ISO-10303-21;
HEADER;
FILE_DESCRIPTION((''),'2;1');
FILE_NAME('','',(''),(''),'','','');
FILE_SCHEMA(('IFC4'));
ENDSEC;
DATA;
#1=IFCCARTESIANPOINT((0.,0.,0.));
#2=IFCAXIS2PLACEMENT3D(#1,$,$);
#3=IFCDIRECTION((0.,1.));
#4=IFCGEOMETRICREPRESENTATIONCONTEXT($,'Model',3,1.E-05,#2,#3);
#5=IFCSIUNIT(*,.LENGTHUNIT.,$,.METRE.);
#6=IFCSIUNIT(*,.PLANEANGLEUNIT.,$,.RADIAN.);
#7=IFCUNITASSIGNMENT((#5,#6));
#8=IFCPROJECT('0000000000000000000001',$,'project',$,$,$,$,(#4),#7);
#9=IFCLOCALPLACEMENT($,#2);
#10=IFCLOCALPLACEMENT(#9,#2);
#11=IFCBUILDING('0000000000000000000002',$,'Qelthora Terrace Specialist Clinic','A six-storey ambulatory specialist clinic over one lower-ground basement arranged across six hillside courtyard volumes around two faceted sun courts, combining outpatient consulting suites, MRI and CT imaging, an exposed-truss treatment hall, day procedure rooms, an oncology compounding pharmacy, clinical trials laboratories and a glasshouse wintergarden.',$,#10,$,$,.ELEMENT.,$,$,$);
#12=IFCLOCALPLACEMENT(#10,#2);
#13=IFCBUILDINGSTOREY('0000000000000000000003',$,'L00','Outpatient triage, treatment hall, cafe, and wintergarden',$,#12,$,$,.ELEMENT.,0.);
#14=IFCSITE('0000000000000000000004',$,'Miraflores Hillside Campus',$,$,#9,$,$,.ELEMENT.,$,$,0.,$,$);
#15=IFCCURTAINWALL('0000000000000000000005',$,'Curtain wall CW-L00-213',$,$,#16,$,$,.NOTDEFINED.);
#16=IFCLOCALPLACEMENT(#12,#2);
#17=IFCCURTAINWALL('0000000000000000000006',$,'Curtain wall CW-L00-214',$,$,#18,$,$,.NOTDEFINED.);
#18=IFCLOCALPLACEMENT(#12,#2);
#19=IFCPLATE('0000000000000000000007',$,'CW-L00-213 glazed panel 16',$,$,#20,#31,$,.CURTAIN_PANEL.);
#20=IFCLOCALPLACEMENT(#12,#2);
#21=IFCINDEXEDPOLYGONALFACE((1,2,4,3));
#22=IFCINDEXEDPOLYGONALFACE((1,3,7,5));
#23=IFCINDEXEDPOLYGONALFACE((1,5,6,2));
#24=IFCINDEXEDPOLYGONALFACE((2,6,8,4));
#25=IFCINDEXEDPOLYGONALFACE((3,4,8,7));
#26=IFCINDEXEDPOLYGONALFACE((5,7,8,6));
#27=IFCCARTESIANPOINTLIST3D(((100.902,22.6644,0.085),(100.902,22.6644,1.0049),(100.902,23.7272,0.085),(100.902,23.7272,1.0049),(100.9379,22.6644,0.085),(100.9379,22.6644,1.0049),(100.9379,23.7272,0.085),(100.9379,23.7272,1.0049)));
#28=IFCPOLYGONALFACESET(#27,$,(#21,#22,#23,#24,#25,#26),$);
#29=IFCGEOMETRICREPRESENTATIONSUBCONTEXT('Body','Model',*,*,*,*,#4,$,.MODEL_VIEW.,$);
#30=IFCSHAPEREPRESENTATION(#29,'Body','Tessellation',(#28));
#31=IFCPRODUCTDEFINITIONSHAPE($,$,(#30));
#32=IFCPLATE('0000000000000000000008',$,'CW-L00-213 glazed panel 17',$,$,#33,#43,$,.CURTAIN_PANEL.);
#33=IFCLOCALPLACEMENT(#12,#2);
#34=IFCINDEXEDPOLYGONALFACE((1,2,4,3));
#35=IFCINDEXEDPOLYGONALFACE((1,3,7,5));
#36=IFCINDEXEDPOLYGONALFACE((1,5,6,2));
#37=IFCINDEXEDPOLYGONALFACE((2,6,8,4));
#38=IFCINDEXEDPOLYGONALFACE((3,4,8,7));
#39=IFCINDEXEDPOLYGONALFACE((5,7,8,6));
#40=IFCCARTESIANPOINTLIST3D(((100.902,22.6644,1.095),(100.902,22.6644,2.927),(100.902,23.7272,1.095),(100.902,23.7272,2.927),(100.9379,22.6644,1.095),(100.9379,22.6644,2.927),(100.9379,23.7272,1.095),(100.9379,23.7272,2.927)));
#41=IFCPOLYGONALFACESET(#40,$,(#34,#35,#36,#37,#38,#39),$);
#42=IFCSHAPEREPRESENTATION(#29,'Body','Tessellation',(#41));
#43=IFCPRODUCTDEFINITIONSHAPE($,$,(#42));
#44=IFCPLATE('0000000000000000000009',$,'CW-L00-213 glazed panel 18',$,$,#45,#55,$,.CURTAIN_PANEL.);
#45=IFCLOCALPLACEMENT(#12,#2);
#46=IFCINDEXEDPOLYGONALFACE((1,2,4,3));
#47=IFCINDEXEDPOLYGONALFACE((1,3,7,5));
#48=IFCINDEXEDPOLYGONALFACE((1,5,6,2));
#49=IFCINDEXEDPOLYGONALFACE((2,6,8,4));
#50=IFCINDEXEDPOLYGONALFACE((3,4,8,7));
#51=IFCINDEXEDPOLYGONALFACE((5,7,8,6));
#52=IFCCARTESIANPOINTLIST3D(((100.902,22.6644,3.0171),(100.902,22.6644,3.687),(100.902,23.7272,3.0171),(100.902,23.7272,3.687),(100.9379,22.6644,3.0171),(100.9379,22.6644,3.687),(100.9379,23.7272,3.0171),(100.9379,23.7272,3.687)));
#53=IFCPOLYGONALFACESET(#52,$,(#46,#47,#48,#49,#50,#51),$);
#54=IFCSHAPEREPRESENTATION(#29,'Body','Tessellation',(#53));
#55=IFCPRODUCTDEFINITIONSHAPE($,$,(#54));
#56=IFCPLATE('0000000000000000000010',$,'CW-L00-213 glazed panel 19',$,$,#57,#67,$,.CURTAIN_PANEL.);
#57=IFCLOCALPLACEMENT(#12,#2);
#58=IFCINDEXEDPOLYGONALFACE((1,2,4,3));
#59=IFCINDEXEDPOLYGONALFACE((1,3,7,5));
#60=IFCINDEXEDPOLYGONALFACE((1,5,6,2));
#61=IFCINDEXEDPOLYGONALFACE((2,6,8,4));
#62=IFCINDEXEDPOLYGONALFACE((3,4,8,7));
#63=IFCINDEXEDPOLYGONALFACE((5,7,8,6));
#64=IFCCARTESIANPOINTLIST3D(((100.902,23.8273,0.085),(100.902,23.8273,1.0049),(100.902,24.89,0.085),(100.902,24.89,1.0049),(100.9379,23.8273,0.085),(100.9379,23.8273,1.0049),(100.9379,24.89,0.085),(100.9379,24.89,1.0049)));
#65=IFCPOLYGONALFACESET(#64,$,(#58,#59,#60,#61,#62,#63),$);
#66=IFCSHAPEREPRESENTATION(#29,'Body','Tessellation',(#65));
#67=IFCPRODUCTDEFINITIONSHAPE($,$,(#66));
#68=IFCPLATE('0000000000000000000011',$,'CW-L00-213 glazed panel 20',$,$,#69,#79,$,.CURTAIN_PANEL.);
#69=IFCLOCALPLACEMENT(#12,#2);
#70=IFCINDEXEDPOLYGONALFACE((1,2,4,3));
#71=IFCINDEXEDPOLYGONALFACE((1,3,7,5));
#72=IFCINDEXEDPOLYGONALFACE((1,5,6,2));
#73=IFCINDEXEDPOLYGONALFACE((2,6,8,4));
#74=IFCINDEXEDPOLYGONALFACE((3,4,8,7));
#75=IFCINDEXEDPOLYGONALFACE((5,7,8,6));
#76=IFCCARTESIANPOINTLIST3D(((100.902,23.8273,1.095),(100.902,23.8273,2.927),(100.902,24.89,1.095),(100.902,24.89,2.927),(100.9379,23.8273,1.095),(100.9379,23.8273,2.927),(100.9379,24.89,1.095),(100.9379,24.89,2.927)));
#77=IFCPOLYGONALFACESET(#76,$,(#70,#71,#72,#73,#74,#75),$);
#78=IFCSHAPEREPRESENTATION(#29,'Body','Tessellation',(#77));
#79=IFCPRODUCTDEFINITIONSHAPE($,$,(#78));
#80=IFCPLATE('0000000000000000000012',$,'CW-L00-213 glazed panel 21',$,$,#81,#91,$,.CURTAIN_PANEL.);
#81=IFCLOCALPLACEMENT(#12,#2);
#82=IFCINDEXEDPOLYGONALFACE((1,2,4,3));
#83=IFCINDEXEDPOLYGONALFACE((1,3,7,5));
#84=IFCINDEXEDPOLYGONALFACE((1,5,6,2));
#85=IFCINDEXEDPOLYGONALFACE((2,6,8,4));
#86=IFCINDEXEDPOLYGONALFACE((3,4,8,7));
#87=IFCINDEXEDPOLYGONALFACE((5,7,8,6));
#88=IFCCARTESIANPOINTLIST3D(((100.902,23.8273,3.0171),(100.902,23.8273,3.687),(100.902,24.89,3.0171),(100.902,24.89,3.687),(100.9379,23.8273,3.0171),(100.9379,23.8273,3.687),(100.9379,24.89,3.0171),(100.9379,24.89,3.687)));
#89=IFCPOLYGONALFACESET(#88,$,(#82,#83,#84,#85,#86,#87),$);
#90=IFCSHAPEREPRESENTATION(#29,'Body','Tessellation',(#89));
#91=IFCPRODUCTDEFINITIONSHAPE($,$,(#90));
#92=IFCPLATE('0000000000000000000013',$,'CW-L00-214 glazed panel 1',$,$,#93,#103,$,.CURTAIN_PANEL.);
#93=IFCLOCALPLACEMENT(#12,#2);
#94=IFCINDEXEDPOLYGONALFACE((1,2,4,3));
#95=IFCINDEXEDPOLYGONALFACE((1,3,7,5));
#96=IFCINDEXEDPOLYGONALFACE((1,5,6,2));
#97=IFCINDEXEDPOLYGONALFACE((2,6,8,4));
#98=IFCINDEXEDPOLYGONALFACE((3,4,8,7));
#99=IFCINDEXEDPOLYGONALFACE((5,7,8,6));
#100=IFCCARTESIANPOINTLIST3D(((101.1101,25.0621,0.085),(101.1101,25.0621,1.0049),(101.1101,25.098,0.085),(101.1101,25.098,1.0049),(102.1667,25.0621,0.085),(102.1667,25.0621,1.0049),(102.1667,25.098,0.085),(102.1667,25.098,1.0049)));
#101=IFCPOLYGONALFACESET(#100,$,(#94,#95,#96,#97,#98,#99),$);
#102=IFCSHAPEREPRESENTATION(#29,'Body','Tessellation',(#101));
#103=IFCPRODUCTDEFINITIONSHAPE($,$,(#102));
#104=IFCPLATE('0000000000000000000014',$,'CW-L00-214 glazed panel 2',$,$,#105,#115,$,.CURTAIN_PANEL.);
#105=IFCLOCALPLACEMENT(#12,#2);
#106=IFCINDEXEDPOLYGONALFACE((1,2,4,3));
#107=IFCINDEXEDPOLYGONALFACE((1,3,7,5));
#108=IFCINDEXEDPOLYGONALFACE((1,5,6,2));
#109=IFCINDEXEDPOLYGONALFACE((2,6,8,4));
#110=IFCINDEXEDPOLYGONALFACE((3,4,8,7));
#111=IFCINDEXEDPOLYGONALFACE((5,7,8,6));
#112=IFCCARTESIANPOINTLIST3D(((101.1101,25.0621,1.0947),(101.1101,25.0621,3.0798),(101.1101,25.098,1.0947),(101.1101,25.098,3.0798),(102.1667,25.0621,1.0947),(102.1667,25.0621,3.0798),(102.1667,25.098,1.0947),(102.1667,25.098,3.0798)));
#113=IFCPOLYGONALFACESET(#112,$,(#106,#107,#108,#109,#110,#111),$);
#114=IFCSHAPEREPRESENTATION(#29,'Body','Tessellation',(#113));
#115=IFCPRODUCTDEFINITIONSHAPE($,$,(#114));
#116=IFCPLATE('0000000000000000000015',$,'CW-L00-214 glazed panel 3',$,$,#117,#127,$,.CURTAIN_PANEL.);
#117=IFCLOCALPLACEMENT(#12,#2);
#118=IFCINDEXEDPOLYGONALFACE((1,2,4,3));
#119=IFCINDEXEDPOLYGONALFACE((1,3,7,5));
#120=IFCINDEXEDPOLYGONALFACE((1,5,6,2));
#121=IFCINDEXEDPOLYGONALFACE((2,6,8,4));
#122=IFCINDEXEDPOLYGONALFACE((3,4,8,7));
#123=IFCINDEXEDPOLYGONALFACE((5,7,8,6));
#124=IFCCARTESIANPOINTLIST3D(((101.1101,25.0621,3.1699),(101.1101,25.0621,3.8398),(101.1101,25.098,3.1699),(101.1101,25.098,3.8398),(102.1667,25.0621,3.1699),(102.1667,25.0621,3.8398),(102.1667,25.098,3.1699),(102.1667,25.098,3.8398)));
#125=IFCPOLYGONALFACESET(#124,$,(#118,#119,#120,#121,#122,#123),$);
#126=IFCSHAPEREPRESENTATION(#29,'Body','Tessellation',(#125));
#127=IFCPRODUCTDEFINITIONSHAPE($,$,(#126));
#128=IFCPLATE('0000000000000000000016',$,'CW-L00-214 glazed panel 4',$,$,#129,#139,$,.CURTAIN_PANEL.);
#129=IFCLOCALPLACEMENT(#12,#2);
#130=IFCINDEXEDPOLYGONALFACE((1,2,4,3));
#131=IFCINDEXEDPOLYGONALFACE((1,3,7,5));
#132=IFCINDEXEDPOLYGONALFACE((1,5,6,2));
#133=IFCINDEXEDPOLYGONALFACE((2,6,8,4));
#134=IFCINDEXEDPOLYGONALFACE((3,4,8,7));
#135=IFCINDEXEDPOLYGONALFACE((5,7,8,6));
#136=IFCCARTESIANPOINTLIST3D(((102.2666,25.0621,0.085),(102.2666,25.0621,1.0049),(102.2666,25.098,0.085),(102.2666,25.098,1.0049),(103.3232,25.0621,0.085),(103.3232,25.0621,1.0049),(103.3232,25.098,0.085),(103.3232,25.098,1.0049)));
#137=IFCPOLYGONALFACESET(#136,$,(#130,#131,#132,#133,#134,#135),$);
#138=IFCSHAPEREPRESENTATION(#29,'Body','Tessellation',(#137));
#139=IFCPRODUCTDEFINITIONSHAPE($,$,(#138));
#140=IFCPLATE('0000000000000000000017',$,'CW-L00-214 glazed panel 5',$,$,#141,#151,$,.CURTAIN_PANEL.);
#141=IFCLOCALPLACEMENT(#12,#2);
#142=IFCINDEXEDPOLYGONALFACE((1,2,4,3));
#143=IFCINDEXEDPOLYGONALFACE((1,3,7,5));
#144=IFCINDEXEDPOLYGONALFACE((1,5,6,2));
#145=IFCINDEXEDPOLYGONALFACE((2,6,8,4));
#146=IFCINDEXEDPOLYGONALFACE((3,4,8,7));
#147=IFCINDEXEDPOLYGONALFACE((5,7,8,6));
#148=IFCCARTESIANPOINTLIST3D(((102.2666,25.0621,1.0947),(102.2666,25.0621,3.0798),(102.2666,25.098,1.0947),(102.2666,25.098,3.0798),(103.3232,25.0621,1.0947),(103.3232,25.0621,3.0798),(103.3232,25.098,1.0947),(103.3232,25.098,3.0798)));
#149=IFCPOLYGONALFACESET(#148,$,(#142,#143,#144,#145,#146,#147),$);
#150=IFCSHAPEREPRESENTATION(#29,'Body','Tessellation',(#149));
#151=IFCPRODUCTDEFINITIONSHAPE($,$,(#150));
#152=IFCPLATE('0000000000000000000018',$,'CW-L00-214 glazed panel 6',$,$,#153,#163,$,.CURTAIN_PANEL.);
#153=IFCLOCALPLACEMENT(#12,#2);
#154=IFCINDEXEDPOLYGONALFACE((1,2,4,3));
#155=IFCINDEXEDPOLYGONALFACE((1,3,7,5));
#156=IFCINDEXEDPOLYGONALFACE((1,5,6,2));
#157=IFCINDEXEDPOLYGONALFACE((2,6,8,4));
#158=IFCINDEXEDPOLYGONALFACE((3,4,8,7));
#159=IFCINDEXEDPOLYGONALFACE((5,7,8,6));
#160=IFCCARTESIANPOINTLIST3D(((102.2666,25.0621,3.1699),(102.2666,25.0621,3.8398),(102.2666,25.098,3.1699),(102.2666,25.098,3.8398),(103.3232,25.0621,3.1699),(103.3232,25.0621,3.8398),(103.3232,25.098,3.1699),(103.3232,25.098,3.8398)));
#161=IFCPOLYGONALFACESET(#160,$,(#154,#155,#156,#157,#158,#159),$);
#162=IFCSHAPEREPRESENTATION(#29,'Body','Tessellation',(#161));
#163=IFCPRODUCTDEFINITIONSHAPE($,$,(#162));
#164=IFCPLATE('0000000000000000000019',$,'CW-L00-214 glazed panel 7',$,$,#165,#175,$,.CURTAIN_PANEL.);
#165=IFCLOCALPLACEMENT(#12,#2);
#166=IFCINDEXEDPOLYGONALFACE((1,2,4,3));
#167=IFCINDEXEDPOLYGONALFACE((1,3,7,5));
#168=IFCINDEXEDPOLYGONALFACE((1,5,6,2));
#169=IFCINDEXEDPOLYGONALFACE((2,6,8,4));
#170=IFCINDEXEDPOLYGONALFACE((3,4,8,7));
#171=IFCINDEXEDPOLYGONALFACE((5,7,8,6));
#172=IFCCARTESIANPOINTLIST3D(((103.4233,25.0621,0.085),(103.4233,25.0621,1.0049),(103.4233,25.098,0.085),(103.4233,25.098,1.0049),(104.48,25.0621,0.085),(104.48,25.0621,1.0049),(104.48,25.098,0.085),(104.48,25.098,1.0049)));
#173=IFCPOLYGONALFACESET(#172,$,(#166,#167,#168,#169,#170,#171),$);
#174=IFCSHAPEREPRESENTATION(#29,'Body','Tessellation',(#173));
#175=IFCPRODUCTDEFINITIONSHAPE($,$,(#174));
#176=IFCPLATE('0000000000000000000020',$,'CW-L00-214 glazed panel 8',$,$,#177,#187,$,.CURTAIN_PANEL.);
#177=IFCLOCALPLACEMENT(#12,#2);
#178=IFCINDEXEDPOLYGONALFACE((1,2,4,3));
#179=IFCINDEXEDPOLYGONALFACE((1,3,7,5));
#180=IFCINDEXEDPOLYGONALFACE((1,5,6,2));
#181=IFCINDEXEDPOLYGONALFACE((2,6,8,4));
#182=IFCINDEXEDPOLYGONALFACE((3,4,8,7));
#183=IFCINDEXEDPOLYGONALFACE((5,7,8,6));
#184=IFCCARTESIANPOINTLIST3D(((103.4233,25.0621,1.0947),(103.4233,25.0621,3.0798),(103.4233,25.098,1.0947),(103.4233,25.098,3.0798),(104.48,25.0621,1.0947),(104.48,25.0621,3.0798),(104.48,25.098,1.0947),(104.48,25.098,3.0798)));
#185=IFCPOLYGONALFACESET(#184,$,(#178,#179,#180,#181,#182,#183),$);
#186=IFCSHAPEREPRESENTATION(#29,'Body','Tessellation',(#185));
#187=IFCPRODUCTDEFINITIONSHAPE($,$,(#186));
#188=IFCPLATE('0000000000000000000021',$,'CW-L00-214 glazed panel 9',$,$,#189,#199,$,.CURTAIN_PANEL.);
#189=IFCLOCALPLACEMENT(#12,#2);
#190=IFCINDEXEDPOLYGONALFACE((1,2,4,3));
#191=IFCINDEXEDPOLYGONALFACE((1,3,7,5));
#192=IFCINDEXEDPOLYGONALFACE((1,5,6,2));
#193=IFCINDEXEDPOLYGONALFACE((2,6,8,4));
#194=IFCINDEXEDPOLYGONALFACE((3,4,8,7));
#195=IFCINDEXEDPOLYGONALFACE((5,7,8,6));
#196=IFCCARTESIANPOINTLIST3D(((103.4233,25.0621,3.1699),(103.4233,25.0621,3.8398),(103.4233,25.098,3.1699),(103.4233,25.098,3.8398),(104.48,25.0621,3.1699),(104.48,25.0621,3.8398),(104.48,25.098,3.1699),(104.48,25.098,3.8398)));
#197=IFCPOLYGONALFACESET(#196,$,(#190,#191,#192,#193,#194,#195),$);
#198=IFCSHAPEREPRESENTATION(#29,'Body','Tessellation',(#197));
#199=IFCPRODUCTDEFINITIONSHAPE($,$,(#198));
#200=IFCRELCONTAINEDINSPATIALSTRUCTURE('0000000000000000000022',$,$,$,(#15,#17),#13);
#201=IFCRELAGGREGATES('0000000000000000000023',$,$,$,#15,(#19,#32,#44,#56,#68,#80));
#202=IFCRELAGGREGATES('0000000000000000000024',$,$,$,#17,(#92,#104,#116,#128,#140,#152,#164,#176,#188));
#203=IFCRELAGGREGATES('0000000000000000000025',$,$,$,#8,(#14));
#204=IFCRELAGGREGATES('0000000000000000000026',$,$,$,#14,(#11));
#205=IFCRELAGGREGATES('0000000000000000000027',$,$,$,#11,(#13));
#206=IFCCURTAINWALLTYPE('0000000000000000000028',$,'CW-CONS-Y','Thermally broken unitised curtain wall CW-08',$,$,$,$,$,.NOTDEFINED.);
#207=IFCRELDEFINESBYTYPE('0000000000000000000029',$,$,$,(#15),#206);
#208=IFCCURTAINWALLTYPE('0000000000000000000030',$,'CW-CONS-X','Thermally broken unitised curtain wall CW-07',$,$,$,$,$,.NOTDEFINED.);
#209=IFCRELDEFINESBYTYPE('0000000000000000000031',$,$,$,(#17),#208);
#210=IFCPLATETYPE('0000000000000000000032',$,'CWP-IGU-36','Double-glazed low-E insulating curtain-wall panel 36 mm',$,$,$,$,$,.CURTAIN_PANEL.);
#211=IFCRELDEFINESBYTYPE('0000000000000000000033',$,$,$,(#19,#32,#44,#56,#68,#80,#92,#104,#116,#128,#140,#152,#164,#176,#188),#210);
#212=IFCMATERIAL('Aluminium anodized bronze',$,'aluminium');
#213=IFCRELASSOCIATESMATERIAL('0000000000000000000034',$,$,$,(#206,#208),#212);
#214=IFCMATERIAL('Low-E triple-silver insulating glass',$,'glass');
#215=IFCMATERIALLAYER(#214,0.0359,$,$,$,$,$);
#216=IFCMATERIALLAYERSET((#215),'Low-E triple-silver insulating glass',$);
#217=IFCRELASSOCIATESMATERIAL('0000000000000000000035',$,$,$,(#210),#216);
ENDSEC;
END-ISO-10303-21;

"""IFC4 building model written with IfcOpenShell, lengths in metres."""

from ifc_helpers import new_model, si_unit, direction, frame, origin, origin_2d, place, context, subcontext, project, spatial, rectangle, extrude, material, layer, layer_set, type_object, element, aggregate, save


model = new_model("IFC4")

# Units and contexts
model_context = context("Model", 3, precision=1e-05, world=origin(), true_north=direction((0.0, 1.0)))
body_context = subcontext(model_context, "Body", "Model", "MODEL_VIEW")
ifc_project = project(units=[si_unit("LENGTHUNIT", "METRE"), si_unit("PLANEANGLEUNIT", "RADIAN")], contexts=[model_context])

# Site, building, storey
site_placement = place(None, origin())
site = spatial("IfcSite", under=ifc_project, at=site_placement, Name="Miraflores Hillside Campus", CompositionType="ELEMENT", RefElevation=0.0)
building_placement = place(site_placement, origin())
building = spatial("IfcBuilding", under=site, at=building_placement, Name="Qelthora Terrace Specialist Clinic", Description="A six-storey ambulatory specialist clinic over one lower-ground basement arranged across six hillside courtyard volumes around two faceted sun courts, combining outpatient consulting suites, MRI and CT imaging, an exposed-truss treatment hall, day procedure rooms, an oncology compounding pharmacy, clinical trials laboratories and a glasshouse wintergarden.", CompositionType="ELEMENT")
storey_placement = place(building_placement, origin())
storey = spatial("IfcBuildingStorey", under=building, at=storey_placement, Name="L00", Description="Outpatient triage, treatment hall, cafe, and wintergarden", CompositionType="ELEMENT", Elevation=0.0)

# Curtain walls
ifc_material_1 = material(Name="Aluminium anodized bronze", Category="aluminium")
curtain_wall_type_1 = type_object("IfcCurtainWallType", Name="CW-CONS-Y", Description="Thermally broken unitised curtain wall CW-08", PredefinedType="NOTDEFINED", material=ifc_material_1)
curtain_wall_1_placement = place(storey_placement, origin())
curtain_wall_1 = element("IfcCurtainWall", 1, at=curtain_wall_1_placement, inside=storey, type_object=curtain_wall_type_1, Name="Curtain wall CW-L00-213", PredefinedType="NOTDEFINED")
curtain_wall_type_2 = type_object("IfcCurtainWallType", Name="CW-CONS-X", Description="Thermally broken unitised curtain wall CW-07", PredefinedType="NOTDEFINED", material=ifc_material_1)
curtain_wall_2_placement = place(storey_placement, origin())
curtain_wall_2 = element("IfcCurtainWall", 2, at=curtain_wall_2_placement, inside=storey, type_object=curtain_wall_type_2, Name="Curtain wall CW-L00-214", PredefinedType="NOTDEFINED")

# Plates
ifc_material_2 = material(Name="Low-E triple-silver insulating glass", Category="glass")
ifc_layer_1 = layer(ifc_material_2, 0.0359)
ifc_layer_set_1 = layer_set([ifc_layer_1], Name="Low-E triple-silver insulating glass")
plate_type_1 = type_object("IfcPlateType", Name="CWP-IGU-36", Description="Double-glazed low-E insulating curtain-wall panel 36 mm", PredefinedType="CURTAIN_PANEL", material=ifc_layer_set_1)
plate_1_placement = place(storey_placement, frame((100.9199, 23.1958, 0.085), z_axis=(0.0, 0.0, 1.0), x_axis=(0.0, 1.0, 0.0)))
plate_1 = element("IfcPlate", 3, at=plate_1_placement, type_object=plate_type_1, Name="CW-L00-213 glazed panel 16", PredefinedType="CURTAIN_PANEL", context=body_context, shape_type="SweptSolid", body=[
    extrude(rectangle(XDim=1.0627, YDim=0.0359, at=origin_2d()), origin(), (0.0, 0.0, 1.0), 0.9199),
])
plate_2_placement = place(storey_placement, frame((100.9199, 23.1958, 1.095), z_axis=(0.0, 0.0, 1.0), x_axis=(0.0, 1.0, 0.0)))
plate_2 = element("IfcPlate", 4, at=plate_2_placement, type_object=plate_type_1, Name="CW-L00-213 glazed panel 17", PredefinedType="CURTAIN_PANEL", context=body_context, shape_type="SweptSolid", body=[
    extrude(rectangle(XDim=1.0627, YDim=0.0359, at=origin_2d()), origin(), (0.0, 0.0, 1.0), 1.832),
])
plate_3_placement = place(storey_placement, frame((100.9199, 23.1958, 3.0171), z_axis=(0.0, 0.0, 1.0), x_axis=(0.0, 1.0, 0.0)))
plate_3 = element("IfcPlate", 5, at=plate_3_placement, type_object=plate_type_1, Name="CW-L00-213 glazed panel 18", PredefinedType="CURTAIN_PANEL", context=body_context, shape_type="SweptSolid", body=[
    extrude(rectangle(XDim=1.0627, YDim=0.0359, at=origin_2d()), origin(), (0.0, 0.0, 1.0), 0.6699),
])
plate_4_placement = place(storey_placement, frame((100.9199, 24.3586, 0.085), z_axis=(0.0, 0.0, 1.0), x_axis=(0.0, 1.0, 0.0)))
plate_4 = element("IfcPlate", 6, at=plate_4_placement, type_object=plate_type_1, Name="CW-L00-213 glazed panel 19", PredefinedType="CURTAIN_PANEL", context=body_context, shape_type="SweptSolid", body=[
    extrude(rectangle(XDim=1.0627, YDim=0.0359, at=origin_2d()), origin(), (0.0, 0.0, 1.0), 0.9199),
])
plate_5_placement = place(storey_placement, frame((100.9199, 24.3586, 1.095), z_axis=(0.0, 0.0, 1.0), x_axis=(0.0, 1.0, 0.0)))
plate_5 = element("IfcPlate", 7, at=plate_5_placement, type_object=plate_type_1, Name="CW-L00-213 glazed panel 20", PredefinedType="CURTAIN_PANEL", context=body_context, shape_type="SweptSolid", body=[
    extrude(rectangle(XDim=1.0627, YDim=0.0359, at=origin_2d()), origin(), (0.0, 0.0, 1.0), 1.832),
])
plate_6_placement = place(storey_placement, frame((100.9199, 24.3586, 3.0171), z_axis=(0.0, 0.0, 1.0), x_axis=(0.0, 1.0, 0.0)))
plate_6 = element("IfcPlate", 8, at=plate_6_placement, type_object=plate_type_1, Name="CW-L00-213 glazed panel 21", PredefinedType="CURTAIN_PANEL", context=body_context, shape_type="SweptSolid", body=[
    extrude(rectangle(XDim=1.0627, YDim=0.0359, at=origin_2d()), origin(), (0.0, 0.0, 1.0), 0.6699),
])
aggregate(curtain_wall_1, [plate_1, plate_2, plate_3, plate_4, plate_5, plate_6])
plate_7_placement = place(storey_placement, frame((101.6384, 25.0801, 0.085), z_axis=(0.0, 0.0, 1.0), x_axis=(1.0, 0.0, 0.0)))
plate_7 = element("IfcPlate", 9, at=plate_7_placement, type_object=plate_type_1, Name="CW-L00-214 glazed panel 1", PredefinedType="CURTAIN_PANEL", context=body_context, shape_type="SweptSolid", body=[
    extrude(rectangle(XDim=1.0566, YDim=0.0359, at=origin_2d()), origin(), (0.0, 0.0, 1.0), 0.9199),
])
plate_8_placement = place(storey_placement, frame((101.6384, 25.0801, 1.0947), z_axis=(0.0, 0.0, 1.0), x_axis=(1.0, 0.0, 0.0)))
plate_8 = element("IfcPlate", 10, at=plate_8_placement, type_object=plate_type_1, Name="CW-L00-214 glazed panel 2", PredefinedType="CURTAIN_PANEL", context=body_context, shape_type="SweptSolid", body=[
    extrude(rectangle(XDim=1.0566, YDim=0.0359, at=origin_2d()), origin(), (0.0, 0.0, 1.0), 1.9851),
])
plate_9_placement = place(storey_placement, frame((101.6384, 25.0801, 3.1699), z_axis=(0.0, 0.0, 1.0), x_axis=(1.0, 0.0, 0.0)))
plate_9 = element("IfcPlate", 11, at=plate_9_placement, type_object=plate_type_1, Name="CW-L00-214 glazed panel 3", PredefinedType="CURTAIN_PANEL", context=body_context, shape_type="SweptSolid", body=[
    extrude(rectangle(XDim=1.0566, YDim=0.0359, at=origin_2d()), origin(), (0.0, 0.0, 1.0), 0.6699),
])
plate_10_placement = place(storey_placement, frame((102.7949, 25.0801, 0.085), z_axis=(0.0, 0.0, 1.0), x_axis=(1.0, 0.0, 0.0)))
plate_10 = element("IfcPlate", 12, at=plate_10_placement, type_object=plate_type_1, Name="CW-L00-214 glazed panel 4", PredefinedType="CURTAIN_PANEL", context=body_context, shape_type="SweptSolid", body=[
    extrude(rectangle(XDim=1.0566, YDim=0.0359, at=origin_2d()), origin(), (0.0, 0.0, 1.0), 0.9199),
])
plate_11_placement = place(storey_placement, frame((102.7949, 25.0801, 1.0947), z_axis=(0.0, 0.0, 1.0), x_axis=(1.0, 0.0, 0.0)))
plate_11 = element("IfcPlate", 13, at=plate_11_placement, type_object=plate_type_1, Name="CW-L00-214 glazed panel 5", PredefinedType="CURTAIN_PANEL", context=body_context, shape_type="SweptSolid", body=[
    extrude(rectangle(XDim=1.0566, YDim=0.0359, at=origin_2d()), origin(), (0.0, 0.0, 1.0), 1.9851),
])
plate_12_placement = place(storey_placement, frame((102.7949, 25.0801, 3.1699), z_axis=(0.0, 0.0, 1.0), x_axis=(1.0, 0.0, 0.0)))
plate_12 = element("IfcPlate", 14, at=plate_12_placement, type_object=plate_type_1, Name="CW-L00-214 glazed panel 6", PredefinedType="CURTAIN_PANEL", context=body_context, shape_type="SweptSolid", body=[
    extrude(rectangle(XDim=1.0566, YDim=0.0359, at=origin_2d()), origin(), (0.0, 0.0, 1.0), 0.6699),
])
plate_13_placement = place(storey_placement, frame((103.9517, 25.0801, 0.085), z_axis=(0.0, 0.0, 1.0), x_axis=(1.0, 0.0, 0.0)))
plate_13 = element("IfcPlate", 15, at=plate_13_placement, type_object=plate_type_1, Name="CW-L00-214 glazed panel 7", PredefinedType="CURTAIN_PANEL", context=body_context, shape_type="SweptSolid", body=[
    extrude(rectangle(XDim=1.0566, YDim=0.0359, at=origin_2d()), origin(), (0.0, 0.0, 1.0), 0.9199),
])
plate_14_placement = place(storey_placement, frame((103.9517, 25.0801, 1.0947), z_axis=(0.0, 0.0, 1.0), x_axis=(1.0, 0.0, 0.0)))
plate_14 = element("IfcPlate", 16, at=plate_14_placement, type_object=plate_type_1, Name="CW-L00-214 glazed panel 8", PredefinedType="CURTAIN_PANEL", context=body_context, shape_type="SweptSolid", body=[
    extrude(rectangle(XDim=1.0566, YDim=0.0359, at=origin_2d()), origin(), (0.0, 0.0, 1.0), 1.9851),
])
plate_15_placement = place(storey_placement, frame((103.9517, 25.0801, 3.1699), z_axis=(0.0, 0.0, 1.0), x_axis=(1.0, 0.0, 0.0)))
plate_15 = element("IfcPlate", 17, at=plate_15_placement, type_object=plate_type_1, Name="CW-L00-214 glazed panel 9", PredefinedType="CURTAIN_PANEL", context=body_context, shape_type="SweptSolid", body=[
    extrude(rectangle(XDim=1.0566, YDim=0.0359, at=origin_2d()), origin(), (0.0, 0.0, 1.0), 0.6699),
])
aggregate(curtain_wall_2, [plate_7, plate_8, plate_9, plate_10, plate_11, plate_12, plate_13, plate_14, plate_15])

save(model, "model.ifc")
